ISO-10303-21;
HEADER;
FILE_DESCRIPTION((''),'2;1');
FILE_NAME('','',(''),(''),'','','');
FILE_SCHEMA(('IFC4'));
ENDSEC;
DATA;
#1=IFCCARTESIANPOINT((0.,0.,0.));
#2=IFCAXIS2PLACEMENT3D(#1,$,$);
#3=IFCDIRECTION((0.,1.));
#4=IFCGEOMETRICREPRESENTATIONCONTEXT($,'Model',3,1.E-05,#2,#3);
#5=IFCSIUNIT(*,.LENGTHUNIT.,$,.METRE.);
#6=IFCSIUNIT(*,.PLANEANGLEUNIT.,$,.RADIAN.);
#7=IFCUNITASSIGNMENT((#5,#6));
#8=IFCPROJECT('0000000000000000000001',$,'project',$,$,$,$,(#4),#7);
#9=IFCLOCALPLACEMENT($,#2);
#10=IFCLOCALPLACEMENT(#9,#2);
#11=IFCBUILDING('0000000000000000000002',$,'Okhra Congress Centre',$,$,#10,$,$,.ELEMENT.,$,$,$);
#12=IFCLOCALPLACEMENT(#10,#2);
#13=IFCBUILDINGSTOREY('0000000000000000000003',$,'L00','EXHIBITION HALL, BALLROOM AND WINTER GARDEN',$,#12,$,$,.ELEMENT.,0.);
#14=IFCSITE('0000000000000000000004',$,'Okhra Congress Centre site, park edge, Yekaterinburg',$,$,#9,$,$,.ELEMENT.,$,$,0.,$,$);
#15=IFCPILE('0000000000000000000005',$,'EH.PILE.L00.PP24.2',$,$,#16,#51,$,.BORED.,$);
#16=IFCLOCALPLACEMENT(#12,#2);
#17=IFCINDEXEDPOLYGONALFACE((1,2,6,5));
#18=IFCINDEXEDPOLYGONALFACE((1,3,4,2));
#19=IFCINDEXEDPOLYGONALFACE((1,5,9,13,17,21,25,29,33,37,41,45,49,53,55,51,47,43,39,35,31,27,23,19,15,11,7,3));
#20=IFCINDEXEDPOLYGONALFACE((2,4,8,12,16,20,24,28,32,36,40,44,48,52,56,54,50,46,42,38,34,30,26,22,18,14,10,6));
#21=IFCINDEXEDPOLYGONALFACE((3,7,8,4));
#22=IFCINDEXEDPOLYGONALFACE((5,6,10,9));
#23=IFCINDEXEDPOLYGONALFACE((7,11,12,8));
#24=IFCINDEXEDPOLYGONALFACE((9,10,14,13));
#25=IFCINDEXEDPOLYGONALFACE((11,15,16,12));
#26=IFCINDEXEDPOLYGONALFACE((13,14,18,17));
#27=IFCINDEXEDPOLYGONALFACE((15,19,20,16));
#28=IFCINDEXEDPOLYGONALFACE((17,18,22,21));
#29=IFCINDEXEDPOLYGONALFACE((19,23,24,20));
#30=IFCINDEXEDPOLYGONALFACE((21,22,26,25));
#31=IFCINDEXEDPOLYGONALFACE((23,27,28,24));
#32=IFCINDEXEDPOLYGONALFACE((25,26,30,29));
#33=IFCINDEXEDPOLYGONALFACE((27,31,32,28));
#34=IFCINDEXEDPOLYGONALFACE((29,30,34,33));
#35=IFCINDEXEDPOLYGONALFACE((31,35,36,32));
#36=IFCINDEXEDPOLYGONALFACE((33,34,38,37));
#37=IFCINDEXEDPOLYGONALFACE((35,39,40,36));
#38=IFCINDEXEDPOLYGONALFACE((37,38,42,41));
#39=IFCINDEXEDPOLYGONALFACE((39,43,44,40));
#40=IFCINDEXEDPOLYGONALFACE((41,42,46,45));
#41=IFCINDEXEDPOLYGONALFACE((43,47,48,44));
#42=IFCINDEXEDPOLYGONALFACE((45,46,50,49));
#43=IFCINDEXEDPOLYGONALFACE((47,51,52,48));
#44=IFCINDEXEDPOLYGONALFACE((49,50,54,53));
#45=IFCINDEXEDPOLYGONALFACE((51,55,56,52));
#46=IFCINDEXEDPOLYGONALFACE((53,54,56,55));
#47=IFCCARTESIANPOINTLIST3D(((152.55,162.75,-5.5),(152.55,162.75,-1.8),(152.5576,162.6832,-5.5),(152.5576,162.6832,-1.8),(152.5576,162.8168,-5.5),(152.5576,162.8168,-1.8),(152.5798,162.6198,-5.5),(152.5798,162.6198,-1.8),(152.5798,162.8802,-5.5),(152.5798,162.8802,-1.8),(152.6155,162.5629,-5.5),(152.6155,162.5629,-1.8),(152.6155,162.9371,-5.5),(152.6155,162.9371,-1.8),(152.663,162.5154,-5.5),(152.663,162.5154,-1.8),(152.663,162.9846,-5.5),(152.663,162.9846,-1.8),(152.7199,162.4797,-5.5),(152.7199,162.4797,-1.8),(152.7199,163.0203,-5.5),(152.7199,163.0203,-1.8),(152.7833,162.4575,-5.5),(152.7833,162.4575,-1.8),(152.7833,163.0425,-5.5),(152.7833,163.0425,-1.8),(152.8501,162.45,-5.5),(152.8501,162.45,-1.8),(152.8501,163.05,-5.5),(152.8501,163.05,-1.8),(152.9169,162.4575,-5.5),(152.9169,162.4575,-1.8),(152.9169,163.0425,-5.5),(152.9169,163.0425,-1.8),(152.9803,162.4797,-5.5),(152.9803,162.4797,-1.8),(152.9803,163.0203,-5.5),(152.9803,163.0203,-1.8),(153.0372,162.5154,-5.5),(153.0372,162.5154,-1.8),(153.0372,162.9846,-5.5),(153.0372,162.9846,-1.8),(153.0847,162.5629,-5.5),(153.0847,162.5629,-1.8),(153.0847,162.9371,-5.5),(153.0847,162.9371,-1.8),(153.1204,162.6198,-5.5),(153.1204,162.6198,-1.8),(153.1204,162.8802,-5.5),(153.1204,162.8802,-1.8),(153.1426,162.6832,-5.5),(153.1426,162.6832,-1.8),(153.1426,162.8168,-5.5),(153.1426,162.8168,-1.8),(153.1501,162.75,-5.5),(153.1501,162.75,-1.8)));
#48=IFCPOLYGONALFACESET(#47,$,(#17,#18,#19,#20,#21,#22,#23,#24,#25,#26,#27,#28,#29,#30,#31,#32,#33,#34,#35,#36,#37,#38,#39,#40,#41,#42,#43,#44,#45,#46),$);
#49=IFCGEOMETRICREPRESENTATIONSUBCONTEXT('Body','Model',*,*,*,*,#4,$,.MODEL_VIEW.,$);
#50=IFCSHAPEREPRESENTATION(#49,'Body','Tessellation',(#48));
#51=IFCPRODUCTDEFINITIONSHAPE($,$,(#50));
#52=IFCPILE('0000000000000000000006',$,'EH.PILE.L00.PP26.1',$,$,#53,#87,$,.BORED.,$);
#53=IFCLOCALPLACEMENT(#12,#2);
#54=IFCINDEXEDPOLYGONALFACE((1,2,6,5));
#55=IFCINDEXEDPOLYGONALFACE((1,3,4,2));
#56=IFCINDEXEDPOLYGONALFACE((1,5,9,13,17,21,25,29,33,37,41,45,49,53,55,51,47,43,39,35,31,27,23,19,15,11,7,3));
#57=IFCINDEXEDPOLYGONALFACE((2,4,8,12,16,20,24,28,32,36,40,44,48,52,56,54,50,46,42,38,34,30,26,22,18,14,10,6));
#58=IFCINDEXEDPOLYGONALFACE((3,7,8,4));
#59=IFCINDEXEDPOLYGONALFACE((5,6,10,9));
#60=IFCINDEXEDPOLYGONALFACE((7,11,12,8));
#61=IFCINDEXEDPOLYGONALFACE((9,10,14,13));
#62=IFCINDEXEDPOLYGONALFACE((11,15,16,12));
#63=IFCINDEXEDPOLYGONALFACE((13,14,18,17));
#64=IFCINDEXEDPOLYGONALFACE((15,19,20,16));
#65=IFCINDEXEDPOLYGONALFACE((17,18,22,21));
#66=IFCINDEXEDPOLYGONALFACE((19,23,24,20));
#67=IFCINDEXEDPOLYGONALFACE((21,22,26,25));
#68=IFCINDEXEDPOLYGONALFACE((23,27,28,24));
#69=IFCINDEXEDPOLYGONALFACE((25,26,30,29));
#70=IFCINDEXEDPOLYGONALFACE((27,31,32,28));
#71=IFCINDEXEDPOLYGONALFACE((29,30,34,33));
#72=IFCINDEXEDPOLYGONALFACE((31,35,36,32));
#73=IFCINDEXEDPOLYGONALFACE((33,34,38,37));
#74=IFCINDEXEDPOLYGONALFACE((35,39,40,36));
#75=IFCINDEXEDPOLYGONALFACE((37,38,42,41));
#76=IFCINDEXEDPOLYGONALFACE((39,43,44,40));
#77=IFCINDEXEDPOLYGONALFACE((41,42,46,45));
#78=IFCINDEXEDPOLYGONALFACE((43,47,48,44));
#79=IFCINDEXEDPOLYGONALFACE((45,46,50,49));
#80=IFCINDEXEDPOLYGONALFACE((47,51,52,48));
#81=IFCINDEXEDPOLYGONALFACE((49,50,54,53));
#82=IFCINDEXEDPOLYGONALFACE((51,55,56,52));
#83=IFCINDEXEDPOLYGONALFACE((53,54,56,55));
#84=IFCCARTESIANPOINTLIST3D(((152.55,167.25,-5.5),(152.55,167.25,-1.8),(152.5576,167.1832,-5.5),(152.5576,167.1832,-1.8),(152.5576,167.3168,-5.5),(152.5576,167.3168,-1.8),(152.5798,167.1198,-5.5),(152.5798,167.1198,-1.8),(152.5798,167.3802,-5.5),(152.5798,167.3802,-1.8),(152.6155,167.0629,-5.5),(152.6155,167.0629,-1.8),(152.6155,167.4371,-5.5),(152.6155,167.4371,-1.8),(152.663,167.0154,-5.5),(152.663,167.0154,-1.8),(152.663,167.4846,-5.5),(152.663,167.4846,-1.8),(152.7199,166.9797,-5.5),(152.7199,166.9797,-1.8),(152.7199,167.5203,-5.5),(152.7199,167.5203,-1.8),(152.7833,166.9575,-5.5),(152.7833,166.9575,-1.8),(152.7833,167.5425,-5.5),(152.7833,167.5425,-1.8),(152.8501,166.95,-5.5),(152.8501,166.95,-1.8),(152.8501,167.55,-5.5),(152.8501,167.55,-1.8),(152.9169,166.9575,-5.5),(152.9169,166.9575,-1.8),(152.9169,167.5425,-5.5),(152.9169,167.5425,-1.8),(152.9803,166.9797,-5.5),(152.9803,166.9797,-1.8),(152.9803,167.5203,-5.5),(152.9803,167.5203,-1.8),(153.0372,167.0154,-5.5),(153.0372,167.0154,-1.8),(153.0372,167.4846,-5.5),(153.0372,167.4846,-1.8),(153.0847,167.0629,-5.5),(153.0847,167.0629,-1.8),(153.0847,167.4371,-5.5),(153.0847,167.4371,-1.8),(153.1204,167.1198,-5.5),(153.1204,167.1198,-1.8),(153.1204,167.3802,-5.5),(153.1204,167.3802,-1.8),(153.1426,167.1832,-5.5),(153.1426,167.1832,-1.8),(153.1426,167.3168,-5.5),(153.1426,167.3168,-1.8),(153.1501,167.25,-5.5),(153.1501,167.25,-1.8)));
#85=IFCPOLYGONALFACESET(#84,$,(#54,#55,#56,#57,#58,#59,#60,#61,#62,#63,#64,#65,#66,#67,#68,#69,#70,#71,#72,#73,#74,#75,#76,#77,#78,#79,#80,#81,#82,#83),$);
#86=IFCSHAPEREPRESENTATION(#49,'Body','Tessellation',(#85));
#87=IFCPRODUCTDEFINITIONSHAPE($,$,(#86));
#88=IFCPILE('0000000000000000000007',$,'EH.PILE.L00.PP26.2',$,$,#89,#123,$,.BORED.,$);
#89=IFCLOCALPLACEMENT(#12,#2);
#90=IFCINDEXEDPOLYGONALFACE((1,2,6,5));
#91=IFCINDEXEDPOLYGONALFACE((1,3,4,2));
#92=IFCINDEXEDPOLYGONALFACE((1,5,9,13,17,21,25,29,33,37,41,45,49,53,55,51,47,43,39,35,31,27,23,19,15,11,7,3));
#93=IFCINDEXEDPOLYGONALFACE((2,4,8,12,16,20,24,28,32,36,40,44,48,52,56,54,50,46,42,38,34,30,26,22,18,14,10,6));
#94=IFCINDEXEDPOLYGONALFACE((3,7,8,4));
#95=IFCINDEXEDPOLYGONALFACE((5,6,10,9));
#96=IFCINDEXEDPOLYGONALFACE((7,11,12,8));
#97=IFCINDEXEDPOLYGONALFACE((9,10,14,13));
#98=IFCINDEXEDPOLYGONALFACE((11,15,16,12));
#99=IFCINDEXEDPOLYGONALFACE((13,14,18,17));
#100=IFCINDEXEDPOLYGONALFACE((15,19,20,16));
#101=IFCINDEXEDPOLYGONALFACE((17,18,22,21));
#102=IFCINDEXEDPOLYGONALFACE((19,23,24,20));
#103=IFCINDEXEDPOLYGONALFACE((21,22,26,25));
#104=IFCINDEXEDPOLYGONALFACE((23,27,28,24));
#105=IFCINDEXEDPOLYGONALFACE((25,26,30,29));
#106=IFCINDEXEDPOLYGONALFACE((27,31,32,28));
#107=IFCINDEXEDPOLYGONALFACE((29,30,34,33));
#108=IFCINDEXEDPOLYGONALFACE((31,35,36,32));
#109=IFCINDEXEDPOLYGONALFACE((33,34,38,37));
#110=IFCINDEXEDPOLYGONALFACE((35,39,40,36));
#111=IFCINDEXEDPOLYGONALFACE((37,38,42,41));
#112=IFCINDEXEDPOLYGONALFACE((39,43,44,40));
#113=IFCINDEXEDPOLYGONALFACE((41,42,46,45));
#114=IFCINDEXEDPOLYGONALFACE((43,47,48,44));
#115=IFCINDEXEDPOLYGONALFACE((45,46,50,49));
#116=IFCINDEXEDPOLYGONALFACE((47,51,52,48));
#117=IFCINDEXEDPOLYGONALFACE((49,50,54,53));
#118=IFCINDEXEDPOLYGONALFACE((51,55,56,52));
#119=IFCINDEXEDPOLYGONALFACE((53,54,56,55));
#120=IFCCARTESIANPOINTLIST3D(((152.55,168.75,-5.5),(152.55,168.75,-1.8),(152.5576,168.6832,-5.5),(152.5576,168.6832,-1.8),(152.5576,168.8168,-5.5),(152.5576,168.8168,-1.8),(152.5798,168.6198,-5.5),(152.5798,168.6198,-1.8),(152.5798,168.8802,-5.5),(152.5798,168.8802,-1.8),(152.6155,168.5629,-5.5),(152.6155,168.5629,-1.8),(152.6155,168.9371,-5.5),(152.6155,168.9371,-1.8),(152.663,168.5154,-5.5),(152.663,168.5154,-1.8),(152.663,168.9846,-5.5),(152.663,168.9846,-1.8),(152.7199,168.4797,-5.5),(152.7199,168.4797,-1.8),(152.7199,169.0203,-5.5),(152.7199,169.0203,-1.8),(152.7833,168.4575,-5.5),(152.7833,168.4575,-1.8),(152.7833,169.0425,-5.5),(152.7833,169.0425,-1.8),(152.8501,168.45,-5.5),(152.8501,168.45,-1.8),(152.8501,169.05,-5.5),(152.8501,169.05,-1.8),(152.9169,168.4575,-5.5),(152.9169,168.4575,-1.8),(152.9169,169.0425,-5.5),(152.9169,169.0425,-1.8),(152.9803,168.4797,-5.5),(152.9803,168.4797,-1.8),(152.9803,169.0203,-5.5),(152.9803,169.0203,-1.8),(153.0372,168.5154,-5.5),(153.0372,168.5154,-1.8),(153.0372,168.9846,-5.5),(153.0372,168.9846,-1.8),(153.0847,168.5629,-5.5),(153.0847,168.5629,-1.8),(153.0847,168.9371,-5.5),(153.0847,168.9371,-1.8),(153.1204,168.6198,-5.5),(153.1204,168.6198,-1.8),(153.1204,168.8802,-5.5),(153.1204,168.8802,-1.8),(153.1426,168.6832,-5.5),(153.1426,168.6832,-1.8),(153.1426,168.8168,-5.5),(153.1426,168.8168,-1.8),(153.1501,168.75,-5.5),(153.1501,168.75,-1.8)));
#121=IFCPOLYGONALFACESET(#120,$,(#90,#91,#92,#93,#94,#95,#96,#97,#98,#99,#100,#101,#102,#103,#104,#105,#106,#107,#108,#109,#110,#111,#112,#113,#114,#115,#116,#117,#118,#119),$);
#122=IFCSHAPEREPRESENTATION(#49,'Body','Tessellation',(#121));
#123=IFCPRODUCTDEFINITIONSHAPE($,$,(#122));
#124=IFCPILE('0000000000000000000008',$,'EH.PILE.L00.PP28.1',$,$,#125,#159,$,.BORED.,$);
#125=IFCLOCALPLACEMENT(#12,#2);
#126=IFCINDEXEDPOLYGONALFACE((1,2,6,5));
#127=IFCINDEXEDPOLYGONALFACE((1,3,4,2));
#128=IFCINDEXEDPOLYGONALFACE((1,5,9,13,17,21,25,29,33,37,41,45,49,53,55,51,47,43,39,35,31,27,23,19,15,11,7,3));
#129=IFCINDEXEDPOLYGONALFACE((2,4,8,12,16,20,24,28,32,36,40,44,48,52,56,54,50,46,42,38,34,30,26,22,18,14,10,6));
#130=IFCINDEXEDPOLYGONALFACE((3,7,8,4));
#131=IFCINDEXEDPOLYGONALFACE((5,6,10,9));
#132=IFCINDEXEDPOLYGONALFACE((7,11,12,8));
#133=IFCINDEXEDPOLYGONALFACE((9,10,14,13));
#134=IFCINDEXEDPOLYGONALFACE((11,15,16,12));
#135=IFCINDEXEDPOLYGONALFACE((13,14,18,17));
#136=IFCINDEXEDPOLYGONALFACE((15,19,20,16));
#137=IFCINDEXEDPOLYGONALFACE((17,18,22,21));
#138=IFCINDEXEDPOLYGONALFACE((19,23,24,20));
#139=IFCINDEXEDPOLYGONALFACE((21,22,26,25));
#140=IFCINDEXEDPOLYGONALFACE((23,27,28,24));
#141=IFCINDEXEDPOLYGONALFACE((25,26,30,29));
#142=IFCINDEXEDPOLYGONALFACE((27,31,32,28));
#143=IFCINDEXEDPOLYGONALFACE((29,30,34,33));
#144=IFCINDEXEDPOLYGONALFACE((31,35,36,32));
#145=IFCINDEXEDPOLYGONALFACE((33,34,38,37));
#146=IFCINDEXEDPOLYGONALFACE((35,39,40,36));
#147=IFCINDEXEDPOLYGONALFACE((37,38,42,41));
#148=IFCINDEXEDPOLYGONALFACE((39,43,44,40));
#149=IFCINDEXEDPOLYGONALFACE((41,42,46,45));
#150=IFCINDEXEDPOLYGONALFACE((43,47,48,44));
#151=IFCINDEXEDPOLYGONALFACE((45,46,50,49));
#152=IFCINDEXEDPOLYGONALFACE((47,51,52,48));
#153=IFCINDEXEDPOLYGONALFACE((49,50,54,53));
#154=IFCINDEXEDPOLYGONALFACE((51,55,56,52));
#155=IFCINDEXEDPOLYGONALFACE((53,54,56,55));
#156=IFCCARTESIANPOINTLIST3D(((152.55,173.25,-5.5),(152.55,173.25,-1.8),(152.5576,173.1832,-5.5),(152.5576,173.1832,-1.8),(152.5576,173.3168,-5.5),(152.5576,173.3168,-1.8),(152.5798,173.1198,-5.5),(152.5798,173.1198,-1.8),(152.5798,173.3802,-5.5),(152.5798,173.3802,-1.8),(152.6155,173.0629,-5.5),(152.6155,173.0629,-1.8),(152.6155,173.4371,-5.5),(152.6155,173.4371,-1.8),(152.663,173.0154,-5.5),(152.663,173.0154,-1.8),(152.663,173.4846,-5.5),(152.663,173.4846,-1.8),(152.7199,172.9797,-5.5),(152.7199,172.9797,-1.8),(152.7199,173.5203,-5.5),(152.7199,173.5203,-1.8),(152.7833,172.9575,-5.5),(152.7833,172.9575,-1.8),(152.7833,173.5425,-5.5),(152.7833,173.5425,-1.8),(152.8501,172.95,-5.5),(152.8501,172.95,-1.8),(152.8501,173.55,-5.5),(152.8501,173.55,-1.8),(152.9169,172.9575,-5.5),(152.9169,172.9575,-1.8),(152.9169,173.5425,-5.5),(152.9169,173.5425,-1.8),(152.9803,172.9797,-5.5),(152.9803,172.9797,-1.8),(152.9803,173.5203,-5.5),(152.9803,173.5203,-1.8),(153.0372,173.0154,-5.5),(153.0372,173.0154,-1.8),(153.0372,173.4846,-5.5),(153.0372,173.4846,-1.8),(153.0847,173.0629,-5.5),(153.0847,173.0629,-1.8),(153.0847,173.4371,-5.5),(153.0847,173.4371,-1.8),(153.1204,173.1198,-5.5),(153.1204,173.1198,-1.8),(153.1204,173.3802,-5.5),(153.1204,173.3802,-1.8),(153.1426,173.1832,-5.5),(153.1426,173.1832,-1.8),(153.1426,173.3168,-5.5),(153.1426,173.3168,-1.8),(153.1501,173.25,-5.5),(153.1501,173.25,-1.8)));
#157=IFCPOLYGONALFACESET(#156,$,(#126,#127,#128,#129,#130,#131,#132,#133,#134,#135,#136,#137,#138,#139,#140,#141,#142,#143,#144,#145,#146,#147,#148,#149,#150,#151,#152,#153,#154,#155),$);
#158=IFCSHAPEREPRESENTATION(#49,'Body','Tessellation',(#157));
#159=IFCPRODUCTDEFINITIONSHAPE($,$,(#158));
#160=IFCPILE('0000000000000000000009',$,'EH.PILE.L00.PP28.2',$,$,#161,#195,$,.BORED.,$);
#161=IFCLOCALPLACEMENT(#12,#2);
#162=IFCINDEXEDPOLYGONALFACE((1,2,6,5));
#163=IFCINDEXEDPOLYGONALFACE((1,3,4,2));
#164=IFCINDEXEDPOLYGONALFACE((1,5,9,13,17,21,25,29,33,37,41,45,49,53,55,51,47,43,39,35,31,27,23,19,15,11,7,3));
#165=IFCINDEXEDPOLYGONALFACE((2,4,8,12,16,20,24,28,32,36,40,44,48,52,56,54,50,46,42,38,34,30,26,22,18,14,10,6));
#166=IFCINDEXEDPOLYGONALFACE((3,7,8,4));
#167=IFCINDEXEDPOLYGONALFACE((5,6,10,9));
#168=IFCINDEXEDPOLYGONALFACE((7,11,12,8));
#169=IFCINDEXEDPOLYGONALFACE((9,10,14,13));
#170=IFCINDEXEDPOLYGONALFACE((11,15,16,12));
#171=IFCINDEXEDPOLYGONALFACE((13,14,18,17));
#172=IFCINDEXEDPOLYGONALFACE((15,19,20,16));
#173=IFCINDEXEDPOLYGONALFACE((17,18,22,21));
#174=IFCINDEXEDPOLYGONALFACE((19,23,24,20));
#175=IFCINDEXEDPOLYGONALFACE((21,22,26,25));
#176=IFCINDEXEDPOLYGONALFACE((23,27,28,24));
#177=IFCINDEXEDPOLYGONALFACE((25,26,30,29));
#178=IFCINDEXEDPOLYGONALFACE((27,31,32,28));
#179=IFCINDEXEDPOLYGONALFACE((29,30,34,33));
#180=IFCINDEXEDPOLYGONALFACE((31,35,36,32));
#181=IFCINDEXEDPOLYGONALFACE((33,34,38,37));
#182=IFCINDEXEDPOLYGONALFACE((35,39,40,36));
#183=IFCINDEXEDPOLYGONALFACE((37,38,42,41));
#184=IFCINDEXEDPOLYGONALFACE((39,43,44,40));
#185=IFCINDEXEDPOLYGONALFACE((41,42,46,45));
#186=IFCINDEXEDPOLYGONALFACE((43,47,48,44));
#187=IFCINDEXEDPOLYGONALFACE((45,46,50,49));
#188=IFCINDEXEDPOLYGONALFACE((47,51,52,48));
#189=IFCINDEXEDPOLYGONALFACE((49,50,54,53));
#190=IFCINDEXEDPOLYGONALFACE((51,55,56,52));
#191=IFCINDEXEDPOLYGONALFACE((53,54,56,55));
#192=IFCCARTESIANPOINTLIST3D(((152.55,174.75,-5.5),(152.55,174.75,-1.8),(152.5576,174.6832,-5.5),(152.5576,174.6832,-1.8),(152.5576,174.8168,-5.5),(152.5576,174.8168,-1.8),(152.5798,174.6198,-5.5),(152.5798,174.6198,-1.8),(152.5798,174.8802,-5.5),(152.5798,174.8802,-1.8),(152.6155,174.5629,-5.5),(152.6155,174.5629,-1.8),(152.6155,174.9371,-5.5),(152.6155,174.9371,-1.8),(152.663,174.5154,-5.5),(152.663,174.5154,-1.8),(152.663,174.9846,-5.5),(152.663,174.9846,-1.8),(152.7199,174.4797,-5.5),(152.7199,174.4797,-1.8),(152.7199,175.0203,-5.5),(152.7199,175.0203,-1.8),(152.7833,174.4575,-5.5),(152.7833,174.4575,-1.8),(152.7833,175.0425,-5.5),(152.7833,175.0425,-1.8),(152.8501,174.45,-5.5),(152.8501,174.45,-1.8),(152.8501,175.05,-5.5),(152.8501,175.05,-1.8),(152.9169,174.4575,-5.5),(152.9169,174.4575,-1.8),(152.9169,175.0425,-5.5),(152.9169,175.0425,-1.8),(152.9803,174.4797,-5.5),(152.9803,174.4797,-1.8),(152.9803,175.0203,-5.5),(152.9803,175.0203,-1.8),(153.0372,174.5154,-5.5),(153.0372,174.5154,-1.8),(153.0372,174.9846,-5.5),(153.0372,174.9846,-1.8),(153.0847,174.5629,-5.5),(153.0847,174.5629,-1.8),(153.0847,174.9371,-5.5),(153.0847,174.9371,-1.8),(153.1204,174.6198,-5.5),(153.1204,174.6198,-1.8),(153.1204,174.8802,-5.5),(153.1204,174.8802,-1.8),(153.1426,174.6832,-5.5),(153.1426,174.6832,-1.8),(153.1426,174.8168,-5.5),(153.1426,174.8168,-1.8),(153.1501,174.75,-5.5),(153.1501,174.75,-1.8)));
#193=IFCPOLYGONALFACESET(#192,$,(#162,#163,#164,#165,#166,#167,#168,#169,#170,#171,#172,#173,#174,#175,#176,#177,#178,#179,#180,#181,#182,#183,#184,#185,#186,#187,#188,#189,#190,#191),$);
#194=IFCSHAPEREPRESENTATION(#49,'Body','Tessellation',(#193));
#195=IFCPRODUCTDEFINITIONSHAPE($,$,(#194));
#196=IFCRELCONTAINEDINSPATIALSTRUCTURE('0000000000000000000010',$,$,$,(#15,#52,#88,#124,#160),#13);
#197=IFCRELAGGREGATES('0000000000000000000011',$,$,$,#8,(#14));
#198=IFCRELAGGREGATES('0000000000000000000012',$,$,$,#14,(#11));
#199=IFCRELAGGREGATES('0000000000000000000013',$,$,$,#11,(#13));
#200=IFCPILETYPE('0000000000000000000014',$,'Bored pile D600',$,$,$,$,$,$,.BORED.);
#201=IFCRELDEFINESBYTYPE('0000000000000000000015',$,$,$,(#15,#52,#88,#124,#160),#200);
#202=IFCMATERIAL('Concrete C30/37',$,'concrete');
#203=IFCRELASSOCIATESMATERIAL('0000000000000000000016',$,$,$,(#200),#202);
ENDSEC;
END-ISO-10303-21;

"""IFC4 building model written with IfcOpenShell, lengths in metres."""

from ifc_helpers import new_model, si_unit, direction, frame, origin, origin_2d, place, context, subcontext, project, spatial, circle, extrude, material, material_profile, profile_set, type_object, element, save


model = new_model("IFC4")

# Units and contexts
model_context = context("Model", 3, precision=1e-05, world=origin(), true_north=direction((0.0, 1.0)))
body_context = subcontext(model_context, "Body", "Model", "MODEL_VIEW")
ifc_project = project(units=[si_unit("LENGTHUNIT", "METRE"), si_unit("PLANEANGLEUNIT", "RADIAN")], contexts=[model_context])

# Site, building, storey
site_placement = place(None, origin())
site = spatial("IfcSite", under=ifc_project, at=site_placement, Name="Okhra Congress Centre site, park edge, Yekaterinburg", CompositionType="ELEMENT", RefElevation=0.0)
building_placement = place(site_placement, origin())
building = spatial("IfcBuilding", under=site, at=building_placement, Name="Okhra Congress Centre", CompositionType="ELEMENT")
storey_placement = place(building_placement, origin())
storey = spatial("IfcBuildingStorey", under=building, at=storey_placement, Name="L00", Description="EXHIBITION HALL, BALLROOM AND WINTER GARDEN", CompositionType="ELEMENT", Elevation=0.0)

# Piles
ifc_material_1 = material(Name="Concrete C30/37", Category="concrete")
ifc_material_profile_1 = material_profile(ifc_material_1, circle(Radius=0.3, at=origin_2d()), Name="D600")
ifc_profile_set_1 = profile_set([ifc_material_profile_1], Name="Concrete C30/37")
pile_type_1 = type_object("IfcPileType", Name="Bored pile D600", PredefinedType="BORED", material=ifc_profile_set_1)
for number, where, z_axis, x_axis, name in (
    (1, (152.8501, 162.75, -1.8), (0.0, 0.0, -1.0), (1.0, 0.0, 0.0), "EH.PILE.L00.PP24.2"),
    (2, (152.8501, 167.25, -1.8), (0.0, 0.0, -1.0), (1.0, 0.0, 0.0), "EH.PILE.L00.PP26.1"),
    (3, (152.8501, 168.75, -1.8), (0.0, 0.0, -1.0), (1.0, 0.0, 0.0), "EH.PILE.L00.PP26.2"),
    (4, (152.8501, 173.25, -1.8), (0.0, 0.0, -1.0), (1.0, 0.0, 0.0), "EH.PILE.L00.PP28.1"),
    (5, (152.8501, 174.75, -1.8), (0.0, 0.0, -1.0), (1.0, 0.0, 0.0), "EH.PILE.L00.PP28.2"),
):
    element("IfcPile", number, at=place(storey_placement, frame(where, z_axis=z_axis, x_axis=x_axis)), inside=storey, type_object=pile_type_1, Name=name, PredefinedType="BORED", context=body_context, shape_type="SweptSolid", body=[
        extrude(circle(Radius=0.3, at=origin_2d()), origin(), (0.0, 0.0, 1.0), 3.7),
    ])

save(model, "model.ifc")
